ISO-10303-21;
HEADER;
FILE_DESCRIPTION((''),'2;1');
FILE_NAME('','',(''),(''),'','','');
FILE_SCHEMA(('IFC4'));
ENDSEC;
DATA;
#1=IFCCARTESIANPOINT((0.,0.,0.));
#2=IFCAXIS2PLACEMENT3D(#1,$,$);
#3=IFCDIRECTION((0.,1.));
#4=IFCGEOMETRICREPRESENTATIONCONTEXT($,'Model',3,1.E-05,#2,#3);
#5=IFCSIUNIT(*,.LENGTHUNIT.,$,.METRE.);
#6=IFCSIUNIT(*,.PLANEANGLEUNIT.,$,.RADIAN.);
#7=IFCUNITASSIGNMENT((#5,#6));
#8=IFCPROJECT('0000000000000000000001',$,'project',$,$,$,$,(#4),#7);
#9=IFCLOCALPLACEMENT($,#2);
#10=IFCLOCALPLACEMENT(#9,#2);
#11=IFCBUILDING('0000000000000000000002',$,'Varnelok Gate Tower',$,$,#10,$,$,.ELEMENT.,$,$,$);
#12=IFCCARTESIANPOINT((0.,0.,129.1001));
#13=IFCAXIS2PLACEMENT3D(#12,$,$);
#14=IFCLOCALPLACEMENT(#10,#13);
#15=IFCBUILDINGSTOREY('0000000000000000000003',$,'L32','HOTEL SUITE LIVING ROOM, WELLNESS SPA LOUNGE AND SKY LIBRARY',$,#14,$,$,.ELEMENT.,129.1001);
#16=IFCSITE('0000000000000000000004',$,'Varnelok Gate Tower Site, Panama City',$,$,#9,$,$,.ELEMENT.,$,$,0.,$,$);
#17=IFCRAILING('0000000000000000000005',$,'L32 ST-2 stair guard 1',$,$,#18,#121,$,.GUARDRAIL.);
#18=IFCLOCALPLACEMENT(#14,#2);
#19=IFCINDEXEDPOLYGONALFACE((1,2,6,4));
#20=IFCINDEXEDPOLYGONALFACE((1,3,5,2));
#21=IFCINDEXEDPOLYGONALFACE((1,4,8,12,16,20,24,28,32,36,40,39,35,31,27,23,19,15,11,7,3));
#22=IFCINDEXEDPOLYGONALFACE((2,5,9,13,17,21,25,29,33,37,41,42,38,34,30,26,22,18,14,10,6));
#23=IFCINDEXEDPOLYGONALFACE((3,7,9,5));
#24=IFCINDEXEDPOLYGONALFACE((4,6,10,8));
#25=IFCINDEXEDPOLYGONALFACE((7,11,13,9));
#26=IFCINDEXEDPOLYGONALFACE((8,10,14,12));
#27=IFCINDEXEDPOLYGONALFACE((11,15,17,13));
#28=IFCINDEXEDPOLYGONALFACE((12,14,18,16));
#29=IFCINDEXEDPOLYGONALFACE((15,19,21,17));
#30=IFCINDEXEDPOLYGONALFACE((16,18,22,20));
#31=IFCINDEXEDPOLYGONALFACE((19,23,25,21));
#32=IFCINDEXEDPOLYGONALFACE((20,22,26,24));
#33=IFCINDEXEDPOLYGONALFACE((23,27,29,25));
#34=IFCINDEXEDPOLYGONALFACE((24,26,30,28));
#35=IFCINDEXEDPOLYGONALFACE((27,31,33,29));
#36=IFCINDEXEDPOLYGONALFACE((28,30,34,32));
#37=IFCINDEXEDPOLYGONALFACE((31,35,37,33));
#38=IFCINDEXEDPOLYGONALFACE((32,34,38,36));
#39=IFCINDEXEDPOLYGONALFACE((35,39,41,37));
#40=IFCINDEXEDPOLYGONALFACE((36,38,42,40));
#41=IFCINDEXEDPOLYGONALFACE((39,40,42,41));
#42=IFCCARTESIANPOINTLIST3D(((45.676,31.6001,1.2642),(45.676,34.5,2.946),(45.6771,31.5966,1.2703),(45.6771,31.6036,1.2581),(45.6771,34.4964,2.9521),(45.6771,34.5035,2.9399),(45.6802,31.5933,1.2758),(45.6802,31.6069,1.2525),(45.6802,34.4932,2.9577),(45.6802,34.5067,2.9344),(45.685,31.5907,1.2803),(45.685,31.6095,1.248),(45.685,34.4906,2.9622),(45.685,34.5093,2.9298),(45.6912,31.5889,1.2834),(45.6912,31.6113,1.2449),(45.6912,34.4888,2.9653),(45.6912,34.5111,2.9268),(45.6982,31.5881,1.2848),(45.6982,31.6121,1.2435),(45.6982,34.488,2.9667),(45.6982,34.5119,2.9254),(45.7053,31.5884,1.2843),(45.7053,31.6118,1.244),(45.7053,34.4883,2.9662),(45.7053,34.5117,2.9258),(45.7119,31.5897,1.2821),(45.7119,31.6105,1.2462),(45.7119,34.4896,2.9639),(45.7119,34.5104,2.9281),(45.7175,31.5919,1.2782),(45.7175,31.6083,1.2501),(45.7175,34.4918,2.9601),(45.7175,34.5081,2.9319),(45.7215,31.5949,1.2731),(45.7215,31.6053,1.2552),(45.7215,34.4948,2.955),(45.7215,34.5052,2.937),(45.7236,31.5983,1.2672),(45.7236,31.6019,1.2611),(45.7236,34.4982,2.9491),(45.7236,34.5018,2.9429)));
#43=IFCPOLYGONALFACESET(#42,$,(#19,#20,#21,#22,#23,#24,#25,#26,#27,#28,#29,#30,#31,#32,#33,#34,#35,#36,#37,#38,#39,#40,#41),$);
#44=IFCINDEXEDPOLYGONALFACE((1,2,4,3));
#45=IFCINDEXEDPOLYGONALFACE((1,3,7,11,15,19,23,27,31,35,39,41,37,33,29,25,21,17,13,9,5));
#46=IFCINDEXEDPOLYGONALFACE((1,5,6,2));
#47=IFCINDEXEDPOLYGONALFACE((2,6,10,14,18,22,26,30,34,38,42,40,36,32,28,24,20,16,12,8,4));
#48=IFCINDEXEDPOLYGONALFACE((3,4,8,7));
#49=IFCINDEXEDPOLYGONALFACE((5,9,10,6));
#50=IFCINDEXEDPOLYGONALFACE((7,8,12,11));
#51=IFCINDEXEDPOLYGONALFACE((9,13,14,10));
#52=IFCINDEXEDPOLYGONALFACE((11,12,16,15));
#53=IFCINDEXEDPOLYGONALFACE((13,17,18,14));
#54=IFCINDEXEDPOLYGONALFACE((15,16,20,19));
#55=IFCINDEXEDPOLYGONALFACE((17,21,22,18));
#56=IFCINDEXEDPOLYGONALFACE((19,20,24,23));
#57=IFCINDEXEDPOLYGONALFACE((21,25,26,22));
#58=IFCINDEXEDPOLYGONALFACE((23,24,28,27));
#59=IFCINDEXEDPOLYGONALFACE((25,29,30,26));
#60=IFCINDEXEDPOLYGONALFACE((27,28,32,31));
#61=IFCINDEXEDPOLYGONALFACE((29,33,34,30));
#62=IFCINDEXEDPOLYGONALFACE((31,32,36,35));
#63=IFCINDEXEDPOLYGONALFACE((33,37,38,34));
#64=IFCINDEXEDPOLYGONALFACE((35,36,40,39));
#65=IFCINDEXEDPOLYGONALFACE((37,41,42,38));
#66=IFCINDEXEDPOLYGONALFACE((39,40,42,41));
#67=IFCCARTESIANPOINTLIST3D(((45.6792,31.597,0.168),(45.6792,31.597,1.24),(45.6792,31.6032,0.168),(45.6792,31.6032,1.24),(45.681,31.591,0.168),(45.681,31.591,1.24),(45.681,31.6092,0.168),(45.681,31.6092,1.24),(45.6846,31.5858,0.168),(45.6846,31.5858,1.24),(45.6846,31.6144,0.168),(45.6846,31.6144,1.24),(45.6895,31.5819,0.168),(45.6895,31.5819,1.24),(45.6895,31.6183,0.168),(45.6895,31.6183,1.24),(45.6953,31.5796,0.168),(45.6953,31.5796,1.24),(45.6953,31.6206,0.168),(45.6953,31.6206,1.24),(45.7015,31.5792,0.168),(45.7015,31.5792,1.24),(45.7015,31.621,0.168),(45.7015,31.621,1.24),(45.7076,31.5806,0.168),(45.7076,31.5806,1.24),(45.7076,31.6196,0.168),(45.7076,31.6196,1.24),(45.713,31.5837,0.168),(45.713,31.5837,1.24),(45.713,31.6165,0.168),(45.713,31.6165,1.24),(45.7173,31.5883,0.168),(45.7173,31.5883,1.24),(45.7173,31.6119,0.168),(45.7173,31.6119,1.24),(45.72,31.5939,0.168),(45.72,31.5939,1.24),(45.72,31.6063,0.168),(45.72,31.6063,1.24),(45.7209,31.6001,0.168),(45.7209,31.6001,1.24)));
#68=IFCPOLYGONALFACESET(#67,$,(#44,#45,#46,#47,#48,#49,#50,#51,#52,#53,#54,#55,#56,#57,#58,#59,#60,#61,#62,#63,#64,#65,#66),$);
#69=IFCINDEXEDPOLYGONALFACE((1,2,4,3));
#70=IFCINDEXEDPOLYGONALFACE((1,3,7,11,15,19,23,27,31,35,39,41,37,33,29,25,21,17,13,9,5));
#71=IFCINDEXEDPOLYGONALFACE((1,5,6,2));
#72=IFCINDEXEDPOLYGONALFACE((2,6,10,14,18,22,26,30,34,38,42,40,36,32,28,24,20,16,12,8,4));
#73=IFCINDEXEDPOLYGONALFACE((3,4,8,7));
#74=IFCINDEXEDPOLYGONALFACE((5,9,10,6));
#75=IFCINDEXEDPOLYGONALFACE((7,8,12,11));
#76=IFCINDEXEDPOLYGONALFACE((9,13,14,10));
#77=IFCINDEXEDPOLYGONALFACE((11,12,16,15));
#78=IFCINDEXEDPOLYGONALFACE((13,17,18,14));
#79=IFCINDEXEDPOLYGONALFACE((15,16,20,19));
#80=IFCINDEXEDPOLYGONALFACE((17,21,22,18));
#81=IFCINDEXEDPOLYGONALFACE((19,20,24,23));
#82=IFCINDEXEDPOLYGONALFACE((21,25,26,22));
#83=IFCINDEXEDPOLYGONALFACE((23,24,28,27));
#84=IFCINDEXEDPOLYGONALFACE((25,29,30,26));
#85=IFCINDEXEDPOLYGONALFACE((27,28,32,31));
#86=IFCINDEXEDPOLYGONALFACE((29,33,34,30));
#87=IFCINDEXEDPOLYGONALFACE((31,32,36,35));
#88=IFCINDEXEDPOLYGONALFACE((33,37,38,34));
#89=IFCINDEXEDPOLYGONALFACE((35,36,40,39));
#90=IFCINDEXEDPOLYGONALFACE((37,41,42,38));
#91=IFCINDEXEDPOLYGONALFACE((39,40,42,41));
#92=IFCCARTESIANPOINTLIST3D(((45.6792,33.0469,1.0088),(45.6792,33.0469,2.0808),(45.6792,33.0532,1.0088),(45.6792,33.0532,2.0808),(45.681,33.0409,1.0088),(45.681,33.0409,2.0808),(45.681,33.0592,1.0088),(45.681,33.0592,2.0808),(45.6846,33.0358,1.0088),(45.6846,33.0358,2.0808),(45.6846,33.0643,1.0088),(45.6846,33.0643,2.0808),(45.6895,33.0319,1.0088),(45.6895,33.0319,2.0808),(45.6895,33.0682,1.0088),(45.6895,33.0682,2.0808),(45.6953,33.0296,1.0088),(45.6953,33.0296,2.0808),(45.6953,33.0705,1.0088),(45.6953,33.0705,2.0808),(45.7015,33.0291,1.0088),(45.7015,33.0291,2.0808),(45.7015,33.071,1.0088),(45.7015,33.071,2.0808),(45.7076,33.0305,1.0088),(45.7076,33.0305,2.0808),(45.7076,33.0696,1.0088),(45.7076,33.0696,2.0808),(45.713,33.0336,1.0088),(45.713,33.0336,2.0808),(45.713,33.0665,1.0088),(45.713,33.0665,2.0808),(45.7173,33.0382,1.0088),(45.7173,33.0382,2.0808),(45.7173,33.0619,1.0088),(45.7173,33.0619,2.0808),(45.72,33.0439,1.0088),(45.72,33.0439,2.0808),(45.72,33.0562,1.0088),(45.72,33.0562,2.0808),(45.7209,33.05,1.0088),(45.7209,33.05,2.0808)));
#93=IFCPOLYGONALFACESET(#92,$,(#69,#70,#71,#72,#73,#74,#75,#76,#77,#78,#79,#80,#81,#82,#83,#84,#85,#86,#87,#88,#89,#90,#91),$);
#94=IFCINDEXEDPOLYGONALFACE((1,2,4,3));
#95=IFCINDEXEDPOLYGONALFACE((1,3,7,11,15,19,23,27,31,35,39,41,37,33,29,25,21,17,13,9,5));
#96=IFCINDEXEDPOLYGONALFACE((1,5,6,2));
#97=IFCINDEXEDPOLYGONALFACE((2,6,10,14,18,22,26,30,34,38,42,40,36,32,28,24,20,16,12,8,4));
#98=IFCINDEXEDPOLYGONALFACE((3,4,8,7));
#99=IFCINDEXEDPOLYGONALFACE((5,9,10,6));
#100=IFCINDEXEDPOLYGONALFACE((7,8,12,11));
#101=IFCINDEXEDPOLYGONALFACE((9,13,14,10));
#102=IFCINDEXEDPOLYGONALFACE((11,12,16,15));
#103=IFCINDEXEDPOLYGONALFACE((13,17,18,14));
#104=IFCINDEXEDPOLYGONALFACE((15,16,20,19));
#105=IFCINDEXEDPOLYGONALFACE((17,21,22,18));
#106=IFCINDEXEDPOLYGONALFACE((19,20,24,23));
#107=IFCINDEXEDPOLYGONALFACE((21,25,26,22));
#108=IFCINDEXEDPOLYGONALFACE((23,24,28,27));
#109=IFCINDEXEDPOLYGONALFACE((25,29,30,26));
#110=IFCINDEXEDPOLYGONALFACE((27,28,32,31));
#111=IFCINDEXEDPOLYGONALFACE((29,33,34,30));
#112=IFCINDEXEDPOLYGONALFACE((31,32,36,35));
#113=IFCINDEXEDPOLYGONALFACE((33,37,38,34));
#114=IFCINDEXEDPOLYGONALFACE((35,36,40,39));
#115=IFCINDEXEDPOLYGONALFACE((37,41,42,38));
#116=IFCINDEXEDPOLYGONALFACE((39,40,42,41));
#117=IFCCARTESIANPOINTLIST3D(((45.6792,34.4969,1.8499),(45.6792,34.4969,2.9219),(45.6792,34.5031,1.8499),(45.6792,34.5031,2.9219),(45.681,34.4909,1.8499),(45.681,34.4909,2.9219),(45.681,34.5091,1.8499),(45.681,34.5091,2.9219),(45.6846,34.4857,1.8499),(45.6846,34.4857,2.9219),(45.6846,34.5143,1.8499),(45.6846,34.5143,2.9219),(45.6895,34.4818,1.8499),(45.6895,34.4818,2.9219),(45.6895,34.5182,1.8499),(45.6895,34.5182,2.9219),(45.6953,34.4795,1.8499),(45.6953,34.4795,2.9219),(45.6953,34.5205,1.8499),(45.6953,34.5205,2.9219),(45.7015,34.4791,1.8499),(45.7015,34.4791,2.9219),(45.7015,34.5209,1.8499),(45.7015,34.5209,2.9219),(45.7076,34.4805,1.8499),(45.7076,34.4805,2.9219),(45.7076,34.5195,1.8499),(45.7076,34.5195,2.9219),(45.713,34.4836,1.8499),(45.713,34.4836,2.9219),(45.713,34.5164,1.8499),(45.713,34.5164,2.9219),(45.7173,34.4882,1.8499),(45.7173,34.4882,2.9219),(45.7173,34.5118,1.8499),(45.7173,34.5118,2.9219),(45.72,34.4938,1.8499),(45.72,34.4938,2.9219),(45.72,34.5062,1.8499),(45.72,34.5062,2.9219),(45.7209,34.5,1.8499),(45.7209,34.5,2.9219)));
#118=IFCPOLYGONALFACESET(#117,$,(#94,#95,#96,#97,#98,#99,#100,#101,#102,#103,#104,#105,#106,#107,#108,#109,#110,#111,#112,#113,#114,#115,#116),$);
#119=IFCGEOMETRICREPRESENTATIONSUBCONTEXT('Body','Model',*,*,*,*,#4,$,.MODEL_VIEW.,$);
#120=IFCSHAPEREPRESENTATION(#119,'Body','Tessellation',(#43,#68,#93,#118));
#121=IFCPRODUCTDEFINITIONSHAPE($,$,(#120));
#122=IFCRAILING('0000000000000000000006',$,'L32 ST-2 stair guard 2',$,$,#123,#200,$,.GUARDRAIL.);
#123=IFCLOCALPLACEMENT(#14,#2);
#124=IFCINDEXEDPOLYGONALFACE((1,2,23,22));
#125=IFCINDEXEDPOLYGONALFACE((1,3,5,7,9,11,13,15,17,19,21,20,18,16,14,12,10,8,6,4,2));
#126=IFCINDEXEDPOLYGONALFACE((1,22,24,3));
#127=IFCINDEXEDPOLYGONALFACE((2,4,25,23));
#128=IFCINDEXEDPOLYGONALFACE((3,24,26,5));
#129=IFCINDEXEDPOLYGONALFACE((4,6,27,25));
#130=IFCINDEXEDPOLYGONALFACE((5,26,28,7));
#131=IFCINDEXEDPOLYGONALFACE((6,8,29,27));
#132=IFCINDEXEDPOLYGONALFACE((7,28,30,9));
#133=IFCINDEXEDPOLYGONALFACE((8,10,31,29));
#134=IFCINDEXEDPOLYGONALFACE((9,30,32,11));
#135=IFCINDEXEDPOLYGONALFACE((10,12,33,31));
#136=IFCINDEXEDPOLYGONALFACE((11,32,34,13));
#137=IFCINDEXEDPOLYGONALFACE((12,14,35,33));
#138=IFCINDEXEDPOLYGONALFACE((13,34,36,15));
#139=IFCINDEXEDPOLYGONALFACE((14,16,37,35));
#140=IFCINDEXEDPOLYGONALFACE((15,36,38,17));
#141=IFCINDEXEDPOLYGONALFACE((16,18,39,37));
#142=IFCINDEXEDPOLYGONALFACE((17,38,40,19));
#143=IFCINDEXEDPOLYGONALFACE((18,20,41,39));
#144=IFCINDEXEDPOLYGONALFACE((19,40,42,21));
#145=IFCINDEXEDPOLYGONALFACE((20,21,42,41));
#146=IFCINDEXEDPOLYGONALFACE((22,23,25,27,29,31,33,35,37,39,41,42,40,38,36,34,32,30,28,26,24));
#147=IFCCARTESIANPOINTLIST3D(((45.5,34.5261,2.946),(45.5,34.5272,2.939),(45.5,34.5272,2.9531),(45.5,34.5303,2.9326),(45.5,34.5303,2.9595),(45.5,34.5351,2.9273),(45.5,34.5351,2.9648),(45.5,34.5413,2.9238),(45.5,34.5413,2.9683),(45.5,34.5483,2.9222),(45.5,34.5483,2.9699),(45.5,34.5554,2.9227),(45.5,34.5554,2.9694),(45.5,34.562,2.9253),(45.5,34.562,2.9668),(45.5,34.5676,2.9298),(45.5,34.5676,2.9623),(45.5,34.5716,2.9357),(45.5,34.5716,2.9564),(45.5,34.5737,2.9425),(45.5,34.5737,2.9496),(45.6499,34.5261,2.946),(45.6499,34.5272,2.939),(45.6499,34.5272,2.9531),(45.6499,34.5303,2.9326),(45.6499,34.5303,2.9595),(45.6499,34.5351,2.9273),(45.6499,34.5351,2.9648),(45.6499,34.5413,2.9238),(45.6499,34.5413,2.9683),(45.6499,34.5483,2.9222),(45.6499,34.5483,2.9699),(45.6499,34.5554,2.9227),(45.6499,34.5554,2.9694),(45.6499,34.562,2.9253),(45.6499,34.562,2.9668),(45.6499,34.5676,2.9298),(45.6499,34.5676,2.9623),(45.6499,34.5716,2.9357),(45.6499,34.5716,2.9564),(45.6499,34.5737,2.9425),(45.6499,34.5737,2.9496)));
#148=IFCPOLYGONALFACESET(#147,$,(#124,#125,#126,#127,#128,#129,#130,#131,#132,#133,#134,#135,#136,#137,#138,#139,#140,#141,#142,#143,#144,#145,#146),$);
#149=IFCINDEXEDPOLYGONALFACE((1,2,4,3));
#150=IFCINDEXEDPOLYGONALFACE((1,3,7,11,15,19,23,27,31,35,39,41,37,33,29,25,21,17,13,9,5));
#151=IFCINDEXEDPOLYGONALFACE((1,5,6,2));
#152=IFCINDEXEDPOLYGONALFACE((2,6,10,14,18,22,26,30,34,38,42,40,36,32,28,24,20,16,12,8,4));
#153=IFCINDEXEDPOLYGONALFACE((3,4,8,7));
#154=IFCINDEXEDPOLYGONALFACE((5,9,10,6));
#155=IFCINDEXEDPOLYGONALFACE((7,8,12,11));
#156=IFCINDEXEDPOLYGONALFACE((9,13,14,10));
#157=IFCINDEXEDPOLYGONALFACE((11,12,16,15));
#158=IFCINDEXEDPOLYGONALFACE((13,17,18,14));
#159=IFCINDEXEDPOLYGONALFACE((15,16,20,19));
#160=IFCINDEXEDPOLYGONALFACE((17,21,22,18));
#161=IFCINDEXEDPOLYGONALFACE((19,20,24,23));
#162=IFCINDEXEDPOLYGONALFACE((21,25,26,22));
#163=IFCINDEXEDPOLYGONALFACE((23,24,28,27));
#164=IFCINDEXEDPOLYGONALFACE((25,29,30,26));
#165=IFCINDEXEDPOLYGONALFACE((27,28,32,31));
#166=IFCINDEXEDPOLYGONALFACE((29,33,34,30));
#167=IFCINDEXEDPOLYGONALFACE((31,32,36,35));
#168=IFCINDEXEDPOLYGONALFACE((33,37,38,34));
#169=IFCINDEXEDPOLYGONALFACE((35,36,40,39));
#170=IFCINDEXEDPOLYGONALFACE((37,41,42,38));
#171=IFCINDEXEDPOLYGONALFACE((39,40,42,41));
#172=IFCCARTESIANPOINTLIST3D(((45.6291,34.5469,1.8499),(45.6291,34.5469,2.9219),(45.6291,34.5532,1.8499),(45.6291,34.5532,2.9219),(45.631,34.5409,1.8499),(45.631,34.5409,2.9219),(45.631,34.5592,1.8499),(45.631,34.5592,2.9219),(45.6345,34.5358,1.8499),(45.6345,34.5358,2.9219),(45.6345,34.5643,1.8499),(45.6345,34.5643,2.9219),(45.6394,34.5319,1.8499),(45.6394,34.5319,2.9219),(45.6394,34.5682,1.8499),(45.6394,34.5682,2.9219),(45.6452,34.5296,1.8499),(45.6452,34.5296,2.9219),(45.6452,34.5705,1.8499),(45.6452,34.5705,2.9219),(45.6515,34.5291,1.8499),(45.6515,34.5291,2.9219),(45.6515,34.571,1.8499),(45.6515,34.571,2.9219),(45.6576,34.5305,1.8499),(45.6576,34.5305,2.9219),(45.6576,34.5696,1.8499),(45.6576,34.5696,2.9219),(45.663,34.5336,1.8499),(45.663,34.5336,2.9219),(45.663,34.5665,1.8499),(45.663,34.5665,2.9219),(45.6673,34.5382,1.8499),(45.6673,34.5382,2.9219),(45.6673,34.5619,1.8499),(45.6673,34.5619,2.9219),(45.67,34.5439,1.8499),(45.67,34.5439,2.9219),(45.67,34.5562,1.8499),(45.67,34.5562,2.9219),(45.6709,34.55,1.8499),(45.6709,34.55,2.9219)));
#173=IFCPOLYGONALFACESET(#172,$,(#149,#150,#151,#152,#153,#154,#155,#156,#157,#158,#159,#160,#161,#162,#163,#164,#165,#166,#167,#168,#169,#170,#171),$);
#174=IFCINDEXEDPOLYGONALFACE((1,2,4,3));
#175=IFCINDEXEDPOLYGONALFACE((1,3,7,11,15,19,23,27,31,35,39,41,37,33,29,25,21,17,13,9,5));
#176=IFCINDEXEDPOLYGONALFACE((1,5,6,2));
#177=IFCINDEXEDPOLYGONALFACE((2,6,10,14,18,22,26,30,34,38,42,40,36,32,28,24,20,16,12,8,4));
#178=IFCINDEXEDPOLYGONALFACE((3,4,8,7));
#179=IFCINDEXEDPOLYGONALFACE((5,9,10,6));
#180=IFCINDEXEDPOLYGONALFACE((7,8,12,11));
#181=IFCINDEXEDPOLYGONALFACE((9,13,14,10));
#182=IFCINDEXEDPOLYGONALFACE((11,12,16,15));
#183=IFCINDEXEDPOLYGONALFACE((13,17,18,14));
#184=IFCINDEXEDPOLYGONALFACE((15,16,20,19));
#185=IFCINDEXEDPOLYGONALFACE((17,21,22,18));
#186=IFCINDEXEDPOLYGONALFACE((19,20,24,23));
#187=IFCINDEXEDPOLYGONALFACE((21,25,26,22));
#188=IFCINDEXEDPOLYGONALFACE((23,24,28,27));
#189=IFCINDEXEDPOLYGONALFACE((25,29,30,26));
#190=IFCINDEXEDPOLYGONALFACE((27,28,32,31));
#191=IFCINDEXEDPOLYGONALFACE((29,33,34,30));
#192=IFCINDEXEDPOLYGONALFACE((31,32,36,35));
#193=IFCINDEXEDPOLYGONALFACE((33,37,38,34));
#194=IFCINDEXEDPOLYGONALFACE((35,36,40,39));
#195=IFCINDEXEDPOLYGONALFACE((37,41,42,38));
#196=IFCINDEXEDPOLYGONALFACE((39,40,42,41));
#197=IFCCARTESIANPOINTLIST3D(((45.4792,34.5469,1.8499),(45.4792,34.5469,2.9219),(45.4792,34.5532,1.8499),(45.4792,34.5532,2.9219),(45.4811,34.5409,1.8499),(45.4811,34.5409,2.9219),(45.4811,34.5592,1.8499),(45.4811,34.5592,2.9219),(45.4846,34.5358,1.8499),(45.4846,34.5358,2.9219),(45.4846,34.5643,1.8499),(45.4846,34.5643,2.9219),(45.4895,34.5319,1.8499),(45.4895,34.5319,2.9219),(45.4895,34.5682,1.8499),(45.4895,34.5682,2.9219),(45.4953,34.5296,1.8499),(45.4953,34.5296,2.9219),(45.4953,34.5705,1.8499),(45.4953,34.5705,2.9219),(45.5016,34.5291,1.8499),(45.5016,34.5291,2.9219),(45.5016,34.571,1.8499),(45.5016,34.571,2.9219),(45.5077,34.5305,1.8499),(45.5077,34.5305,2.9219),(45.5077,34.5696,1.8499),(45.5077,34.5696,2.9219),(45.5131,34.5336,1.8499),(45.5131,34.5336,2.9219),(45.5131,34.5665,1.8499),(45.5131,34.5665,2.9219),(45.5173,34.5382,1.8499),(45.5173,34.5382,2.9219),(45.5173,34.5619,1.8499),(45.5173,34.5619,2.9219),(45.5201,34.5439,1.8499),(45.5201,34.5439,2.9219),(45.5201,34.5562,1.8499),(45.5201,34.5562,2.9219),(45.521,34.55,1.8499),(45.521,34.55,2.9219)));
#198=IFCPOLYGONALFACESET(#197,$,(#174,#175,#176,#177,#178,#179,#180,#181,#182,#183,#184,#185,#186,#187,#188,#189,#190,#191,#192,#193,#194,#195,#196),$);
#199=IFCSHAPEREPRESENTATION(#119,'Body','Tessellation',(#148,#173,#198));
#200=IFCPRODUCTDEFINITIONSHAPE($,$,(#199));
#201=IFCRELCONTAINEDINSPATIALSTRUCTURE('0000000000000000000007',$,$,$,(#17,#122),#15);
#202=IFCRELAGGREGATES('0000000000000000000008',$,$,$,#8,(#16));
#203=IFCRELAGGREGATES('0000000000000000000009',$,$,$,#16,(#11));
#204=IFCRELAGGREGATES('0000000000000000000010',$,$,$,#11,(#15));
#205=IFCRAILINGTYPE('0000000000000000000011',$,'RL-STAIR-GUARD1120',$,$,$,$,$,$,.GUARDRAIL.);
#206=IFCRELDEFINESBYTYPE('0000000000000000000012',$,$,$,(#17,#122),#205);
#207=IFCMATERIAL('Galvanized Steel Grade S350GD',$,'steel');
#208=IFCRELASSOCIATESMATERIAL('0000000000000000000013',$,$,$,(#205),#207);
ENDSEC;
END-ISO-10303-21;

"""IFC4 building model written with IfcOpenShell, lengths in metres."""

from ifc_helpers import new_model, si_unit, direction, frame, origin, origin_2d, place, context, subcontext, project, spatial, circle, extrude, material, type_object, element, save


model = new_model("IFC4")

# Units and contexts
model_context = context("Model", 3, precision=1e-05, world=origin(), true_north=direction((0.0, 1.0)))
body_context = subcontext(model_context, "Body", "Model", "MODEL_VIEW")
ifc_project = project(units=[si_unit("LENGTHUNIT", "METRE"), si_unit("PLANEANGLEUNIT", "RADIAN")], contexts=[model_context])

# Site, building, storey
site_placement = place(None, origin())
site = spatial("IfcSite", under=ifc_project, at=site_placement, Name="Varnelok Gate Tower Site, Panama City", CompositionType="ELEMENT", RefElevation=0.0)
building_placement = place(site_placement, origin())
building = spatial("IfcBuilding", under=site, at=building_placement, Name="Varnelok Gate Tower", CompositionType="ELEMENT")
storey_placement = place(building_placement, frame((0.0, 0.0, 129.1001)))
storey = spatial("IfcBuildingStorey", under=building, at=storey_placement, Name="L32", Description="HOTEL SUITE LIVING ROOM, WELLNESS SPA LOUNGE AND SKY LIBRARY", CompositionType="ELEMENT", Elevation=129.1001)

# Shared definitions
ifc_material_1 = material(Name="Galvanized Steel Grade S350GD", Category="steel")

# Railings
railing_type_1 = type_object("IfcRailingType", Name="RL-STAIR-GUARD1120", PredefinedType="GUARDRAIL", material=ifc_material_1)
railing_1_placement = place(storey_placement, frame((45.7, 31.6001, 0.168)))
element("IfcRailing", 1, at=railing_1_placement, inside=storey, type_object=railing_type_1, Name="L32 ST-2 stair guard 1", PredefinedType="GUARDRAIL", context=body_context, shape_type="SweptSolid", body=[
    extrude(circle(Radius=0.0239, at=origin_2d()), frame((0.0, 0.0, 1.0962), z_axis=(0.0, 0.865039, 0.501705), x_axis=(-1.0, 0.0, 0.0)), (0.0, 0.0, 1.0), 3.3523),
    extrude(circle(Radius=0.021, at=origin_2d()), origin(), (0.0, 0.0, 1.0), 1.072),
    extrude(circle(Radius=0.021, at=origin_2d()), frame((0.0, 1.45, 0.8408)), (0.0, 0.0, 1.0), 1.072),
    extrude(circle(Radius=0.021, at=origin_2d()), frame((0.0, 2.8999, 1.6819)), (0.0, 0.0, 1.0), 1.072),
])
railing_2_placement = place(storey_placement, frame((45.6499, 34.55, 1.8499)))
element("IfcRailing", 2, at=railing_2_placement, inside=storey, type_object=railing_type_1, Name="L32 ST-2 stair guard 2", PredefinedType="GUARDRAIL", context=body_context, shape_type="SweptSolid", body=[
    extrude(circle(Radius=0.0239, at=origin_2d()), frame((0.0, 0.0, 1.0962), z_axis=(-1.0, 0.0, 0.0), x_axis=(0.0, -1.0, 0.0)), (0.0, 0.0, 1.0), 0.1499),
    extrude(circle(Radius=0.021, at=origin_2d()), origin(), (0.0, 0.0, 1.0), 1.072),
    extrude(circle(Radius=0.021, at=origin_2d()), frame((-0.1499, 0.0, 0.0)), (0.0, 0.0, 1.0), 1.072),
])

save(model, "model.ifc")
